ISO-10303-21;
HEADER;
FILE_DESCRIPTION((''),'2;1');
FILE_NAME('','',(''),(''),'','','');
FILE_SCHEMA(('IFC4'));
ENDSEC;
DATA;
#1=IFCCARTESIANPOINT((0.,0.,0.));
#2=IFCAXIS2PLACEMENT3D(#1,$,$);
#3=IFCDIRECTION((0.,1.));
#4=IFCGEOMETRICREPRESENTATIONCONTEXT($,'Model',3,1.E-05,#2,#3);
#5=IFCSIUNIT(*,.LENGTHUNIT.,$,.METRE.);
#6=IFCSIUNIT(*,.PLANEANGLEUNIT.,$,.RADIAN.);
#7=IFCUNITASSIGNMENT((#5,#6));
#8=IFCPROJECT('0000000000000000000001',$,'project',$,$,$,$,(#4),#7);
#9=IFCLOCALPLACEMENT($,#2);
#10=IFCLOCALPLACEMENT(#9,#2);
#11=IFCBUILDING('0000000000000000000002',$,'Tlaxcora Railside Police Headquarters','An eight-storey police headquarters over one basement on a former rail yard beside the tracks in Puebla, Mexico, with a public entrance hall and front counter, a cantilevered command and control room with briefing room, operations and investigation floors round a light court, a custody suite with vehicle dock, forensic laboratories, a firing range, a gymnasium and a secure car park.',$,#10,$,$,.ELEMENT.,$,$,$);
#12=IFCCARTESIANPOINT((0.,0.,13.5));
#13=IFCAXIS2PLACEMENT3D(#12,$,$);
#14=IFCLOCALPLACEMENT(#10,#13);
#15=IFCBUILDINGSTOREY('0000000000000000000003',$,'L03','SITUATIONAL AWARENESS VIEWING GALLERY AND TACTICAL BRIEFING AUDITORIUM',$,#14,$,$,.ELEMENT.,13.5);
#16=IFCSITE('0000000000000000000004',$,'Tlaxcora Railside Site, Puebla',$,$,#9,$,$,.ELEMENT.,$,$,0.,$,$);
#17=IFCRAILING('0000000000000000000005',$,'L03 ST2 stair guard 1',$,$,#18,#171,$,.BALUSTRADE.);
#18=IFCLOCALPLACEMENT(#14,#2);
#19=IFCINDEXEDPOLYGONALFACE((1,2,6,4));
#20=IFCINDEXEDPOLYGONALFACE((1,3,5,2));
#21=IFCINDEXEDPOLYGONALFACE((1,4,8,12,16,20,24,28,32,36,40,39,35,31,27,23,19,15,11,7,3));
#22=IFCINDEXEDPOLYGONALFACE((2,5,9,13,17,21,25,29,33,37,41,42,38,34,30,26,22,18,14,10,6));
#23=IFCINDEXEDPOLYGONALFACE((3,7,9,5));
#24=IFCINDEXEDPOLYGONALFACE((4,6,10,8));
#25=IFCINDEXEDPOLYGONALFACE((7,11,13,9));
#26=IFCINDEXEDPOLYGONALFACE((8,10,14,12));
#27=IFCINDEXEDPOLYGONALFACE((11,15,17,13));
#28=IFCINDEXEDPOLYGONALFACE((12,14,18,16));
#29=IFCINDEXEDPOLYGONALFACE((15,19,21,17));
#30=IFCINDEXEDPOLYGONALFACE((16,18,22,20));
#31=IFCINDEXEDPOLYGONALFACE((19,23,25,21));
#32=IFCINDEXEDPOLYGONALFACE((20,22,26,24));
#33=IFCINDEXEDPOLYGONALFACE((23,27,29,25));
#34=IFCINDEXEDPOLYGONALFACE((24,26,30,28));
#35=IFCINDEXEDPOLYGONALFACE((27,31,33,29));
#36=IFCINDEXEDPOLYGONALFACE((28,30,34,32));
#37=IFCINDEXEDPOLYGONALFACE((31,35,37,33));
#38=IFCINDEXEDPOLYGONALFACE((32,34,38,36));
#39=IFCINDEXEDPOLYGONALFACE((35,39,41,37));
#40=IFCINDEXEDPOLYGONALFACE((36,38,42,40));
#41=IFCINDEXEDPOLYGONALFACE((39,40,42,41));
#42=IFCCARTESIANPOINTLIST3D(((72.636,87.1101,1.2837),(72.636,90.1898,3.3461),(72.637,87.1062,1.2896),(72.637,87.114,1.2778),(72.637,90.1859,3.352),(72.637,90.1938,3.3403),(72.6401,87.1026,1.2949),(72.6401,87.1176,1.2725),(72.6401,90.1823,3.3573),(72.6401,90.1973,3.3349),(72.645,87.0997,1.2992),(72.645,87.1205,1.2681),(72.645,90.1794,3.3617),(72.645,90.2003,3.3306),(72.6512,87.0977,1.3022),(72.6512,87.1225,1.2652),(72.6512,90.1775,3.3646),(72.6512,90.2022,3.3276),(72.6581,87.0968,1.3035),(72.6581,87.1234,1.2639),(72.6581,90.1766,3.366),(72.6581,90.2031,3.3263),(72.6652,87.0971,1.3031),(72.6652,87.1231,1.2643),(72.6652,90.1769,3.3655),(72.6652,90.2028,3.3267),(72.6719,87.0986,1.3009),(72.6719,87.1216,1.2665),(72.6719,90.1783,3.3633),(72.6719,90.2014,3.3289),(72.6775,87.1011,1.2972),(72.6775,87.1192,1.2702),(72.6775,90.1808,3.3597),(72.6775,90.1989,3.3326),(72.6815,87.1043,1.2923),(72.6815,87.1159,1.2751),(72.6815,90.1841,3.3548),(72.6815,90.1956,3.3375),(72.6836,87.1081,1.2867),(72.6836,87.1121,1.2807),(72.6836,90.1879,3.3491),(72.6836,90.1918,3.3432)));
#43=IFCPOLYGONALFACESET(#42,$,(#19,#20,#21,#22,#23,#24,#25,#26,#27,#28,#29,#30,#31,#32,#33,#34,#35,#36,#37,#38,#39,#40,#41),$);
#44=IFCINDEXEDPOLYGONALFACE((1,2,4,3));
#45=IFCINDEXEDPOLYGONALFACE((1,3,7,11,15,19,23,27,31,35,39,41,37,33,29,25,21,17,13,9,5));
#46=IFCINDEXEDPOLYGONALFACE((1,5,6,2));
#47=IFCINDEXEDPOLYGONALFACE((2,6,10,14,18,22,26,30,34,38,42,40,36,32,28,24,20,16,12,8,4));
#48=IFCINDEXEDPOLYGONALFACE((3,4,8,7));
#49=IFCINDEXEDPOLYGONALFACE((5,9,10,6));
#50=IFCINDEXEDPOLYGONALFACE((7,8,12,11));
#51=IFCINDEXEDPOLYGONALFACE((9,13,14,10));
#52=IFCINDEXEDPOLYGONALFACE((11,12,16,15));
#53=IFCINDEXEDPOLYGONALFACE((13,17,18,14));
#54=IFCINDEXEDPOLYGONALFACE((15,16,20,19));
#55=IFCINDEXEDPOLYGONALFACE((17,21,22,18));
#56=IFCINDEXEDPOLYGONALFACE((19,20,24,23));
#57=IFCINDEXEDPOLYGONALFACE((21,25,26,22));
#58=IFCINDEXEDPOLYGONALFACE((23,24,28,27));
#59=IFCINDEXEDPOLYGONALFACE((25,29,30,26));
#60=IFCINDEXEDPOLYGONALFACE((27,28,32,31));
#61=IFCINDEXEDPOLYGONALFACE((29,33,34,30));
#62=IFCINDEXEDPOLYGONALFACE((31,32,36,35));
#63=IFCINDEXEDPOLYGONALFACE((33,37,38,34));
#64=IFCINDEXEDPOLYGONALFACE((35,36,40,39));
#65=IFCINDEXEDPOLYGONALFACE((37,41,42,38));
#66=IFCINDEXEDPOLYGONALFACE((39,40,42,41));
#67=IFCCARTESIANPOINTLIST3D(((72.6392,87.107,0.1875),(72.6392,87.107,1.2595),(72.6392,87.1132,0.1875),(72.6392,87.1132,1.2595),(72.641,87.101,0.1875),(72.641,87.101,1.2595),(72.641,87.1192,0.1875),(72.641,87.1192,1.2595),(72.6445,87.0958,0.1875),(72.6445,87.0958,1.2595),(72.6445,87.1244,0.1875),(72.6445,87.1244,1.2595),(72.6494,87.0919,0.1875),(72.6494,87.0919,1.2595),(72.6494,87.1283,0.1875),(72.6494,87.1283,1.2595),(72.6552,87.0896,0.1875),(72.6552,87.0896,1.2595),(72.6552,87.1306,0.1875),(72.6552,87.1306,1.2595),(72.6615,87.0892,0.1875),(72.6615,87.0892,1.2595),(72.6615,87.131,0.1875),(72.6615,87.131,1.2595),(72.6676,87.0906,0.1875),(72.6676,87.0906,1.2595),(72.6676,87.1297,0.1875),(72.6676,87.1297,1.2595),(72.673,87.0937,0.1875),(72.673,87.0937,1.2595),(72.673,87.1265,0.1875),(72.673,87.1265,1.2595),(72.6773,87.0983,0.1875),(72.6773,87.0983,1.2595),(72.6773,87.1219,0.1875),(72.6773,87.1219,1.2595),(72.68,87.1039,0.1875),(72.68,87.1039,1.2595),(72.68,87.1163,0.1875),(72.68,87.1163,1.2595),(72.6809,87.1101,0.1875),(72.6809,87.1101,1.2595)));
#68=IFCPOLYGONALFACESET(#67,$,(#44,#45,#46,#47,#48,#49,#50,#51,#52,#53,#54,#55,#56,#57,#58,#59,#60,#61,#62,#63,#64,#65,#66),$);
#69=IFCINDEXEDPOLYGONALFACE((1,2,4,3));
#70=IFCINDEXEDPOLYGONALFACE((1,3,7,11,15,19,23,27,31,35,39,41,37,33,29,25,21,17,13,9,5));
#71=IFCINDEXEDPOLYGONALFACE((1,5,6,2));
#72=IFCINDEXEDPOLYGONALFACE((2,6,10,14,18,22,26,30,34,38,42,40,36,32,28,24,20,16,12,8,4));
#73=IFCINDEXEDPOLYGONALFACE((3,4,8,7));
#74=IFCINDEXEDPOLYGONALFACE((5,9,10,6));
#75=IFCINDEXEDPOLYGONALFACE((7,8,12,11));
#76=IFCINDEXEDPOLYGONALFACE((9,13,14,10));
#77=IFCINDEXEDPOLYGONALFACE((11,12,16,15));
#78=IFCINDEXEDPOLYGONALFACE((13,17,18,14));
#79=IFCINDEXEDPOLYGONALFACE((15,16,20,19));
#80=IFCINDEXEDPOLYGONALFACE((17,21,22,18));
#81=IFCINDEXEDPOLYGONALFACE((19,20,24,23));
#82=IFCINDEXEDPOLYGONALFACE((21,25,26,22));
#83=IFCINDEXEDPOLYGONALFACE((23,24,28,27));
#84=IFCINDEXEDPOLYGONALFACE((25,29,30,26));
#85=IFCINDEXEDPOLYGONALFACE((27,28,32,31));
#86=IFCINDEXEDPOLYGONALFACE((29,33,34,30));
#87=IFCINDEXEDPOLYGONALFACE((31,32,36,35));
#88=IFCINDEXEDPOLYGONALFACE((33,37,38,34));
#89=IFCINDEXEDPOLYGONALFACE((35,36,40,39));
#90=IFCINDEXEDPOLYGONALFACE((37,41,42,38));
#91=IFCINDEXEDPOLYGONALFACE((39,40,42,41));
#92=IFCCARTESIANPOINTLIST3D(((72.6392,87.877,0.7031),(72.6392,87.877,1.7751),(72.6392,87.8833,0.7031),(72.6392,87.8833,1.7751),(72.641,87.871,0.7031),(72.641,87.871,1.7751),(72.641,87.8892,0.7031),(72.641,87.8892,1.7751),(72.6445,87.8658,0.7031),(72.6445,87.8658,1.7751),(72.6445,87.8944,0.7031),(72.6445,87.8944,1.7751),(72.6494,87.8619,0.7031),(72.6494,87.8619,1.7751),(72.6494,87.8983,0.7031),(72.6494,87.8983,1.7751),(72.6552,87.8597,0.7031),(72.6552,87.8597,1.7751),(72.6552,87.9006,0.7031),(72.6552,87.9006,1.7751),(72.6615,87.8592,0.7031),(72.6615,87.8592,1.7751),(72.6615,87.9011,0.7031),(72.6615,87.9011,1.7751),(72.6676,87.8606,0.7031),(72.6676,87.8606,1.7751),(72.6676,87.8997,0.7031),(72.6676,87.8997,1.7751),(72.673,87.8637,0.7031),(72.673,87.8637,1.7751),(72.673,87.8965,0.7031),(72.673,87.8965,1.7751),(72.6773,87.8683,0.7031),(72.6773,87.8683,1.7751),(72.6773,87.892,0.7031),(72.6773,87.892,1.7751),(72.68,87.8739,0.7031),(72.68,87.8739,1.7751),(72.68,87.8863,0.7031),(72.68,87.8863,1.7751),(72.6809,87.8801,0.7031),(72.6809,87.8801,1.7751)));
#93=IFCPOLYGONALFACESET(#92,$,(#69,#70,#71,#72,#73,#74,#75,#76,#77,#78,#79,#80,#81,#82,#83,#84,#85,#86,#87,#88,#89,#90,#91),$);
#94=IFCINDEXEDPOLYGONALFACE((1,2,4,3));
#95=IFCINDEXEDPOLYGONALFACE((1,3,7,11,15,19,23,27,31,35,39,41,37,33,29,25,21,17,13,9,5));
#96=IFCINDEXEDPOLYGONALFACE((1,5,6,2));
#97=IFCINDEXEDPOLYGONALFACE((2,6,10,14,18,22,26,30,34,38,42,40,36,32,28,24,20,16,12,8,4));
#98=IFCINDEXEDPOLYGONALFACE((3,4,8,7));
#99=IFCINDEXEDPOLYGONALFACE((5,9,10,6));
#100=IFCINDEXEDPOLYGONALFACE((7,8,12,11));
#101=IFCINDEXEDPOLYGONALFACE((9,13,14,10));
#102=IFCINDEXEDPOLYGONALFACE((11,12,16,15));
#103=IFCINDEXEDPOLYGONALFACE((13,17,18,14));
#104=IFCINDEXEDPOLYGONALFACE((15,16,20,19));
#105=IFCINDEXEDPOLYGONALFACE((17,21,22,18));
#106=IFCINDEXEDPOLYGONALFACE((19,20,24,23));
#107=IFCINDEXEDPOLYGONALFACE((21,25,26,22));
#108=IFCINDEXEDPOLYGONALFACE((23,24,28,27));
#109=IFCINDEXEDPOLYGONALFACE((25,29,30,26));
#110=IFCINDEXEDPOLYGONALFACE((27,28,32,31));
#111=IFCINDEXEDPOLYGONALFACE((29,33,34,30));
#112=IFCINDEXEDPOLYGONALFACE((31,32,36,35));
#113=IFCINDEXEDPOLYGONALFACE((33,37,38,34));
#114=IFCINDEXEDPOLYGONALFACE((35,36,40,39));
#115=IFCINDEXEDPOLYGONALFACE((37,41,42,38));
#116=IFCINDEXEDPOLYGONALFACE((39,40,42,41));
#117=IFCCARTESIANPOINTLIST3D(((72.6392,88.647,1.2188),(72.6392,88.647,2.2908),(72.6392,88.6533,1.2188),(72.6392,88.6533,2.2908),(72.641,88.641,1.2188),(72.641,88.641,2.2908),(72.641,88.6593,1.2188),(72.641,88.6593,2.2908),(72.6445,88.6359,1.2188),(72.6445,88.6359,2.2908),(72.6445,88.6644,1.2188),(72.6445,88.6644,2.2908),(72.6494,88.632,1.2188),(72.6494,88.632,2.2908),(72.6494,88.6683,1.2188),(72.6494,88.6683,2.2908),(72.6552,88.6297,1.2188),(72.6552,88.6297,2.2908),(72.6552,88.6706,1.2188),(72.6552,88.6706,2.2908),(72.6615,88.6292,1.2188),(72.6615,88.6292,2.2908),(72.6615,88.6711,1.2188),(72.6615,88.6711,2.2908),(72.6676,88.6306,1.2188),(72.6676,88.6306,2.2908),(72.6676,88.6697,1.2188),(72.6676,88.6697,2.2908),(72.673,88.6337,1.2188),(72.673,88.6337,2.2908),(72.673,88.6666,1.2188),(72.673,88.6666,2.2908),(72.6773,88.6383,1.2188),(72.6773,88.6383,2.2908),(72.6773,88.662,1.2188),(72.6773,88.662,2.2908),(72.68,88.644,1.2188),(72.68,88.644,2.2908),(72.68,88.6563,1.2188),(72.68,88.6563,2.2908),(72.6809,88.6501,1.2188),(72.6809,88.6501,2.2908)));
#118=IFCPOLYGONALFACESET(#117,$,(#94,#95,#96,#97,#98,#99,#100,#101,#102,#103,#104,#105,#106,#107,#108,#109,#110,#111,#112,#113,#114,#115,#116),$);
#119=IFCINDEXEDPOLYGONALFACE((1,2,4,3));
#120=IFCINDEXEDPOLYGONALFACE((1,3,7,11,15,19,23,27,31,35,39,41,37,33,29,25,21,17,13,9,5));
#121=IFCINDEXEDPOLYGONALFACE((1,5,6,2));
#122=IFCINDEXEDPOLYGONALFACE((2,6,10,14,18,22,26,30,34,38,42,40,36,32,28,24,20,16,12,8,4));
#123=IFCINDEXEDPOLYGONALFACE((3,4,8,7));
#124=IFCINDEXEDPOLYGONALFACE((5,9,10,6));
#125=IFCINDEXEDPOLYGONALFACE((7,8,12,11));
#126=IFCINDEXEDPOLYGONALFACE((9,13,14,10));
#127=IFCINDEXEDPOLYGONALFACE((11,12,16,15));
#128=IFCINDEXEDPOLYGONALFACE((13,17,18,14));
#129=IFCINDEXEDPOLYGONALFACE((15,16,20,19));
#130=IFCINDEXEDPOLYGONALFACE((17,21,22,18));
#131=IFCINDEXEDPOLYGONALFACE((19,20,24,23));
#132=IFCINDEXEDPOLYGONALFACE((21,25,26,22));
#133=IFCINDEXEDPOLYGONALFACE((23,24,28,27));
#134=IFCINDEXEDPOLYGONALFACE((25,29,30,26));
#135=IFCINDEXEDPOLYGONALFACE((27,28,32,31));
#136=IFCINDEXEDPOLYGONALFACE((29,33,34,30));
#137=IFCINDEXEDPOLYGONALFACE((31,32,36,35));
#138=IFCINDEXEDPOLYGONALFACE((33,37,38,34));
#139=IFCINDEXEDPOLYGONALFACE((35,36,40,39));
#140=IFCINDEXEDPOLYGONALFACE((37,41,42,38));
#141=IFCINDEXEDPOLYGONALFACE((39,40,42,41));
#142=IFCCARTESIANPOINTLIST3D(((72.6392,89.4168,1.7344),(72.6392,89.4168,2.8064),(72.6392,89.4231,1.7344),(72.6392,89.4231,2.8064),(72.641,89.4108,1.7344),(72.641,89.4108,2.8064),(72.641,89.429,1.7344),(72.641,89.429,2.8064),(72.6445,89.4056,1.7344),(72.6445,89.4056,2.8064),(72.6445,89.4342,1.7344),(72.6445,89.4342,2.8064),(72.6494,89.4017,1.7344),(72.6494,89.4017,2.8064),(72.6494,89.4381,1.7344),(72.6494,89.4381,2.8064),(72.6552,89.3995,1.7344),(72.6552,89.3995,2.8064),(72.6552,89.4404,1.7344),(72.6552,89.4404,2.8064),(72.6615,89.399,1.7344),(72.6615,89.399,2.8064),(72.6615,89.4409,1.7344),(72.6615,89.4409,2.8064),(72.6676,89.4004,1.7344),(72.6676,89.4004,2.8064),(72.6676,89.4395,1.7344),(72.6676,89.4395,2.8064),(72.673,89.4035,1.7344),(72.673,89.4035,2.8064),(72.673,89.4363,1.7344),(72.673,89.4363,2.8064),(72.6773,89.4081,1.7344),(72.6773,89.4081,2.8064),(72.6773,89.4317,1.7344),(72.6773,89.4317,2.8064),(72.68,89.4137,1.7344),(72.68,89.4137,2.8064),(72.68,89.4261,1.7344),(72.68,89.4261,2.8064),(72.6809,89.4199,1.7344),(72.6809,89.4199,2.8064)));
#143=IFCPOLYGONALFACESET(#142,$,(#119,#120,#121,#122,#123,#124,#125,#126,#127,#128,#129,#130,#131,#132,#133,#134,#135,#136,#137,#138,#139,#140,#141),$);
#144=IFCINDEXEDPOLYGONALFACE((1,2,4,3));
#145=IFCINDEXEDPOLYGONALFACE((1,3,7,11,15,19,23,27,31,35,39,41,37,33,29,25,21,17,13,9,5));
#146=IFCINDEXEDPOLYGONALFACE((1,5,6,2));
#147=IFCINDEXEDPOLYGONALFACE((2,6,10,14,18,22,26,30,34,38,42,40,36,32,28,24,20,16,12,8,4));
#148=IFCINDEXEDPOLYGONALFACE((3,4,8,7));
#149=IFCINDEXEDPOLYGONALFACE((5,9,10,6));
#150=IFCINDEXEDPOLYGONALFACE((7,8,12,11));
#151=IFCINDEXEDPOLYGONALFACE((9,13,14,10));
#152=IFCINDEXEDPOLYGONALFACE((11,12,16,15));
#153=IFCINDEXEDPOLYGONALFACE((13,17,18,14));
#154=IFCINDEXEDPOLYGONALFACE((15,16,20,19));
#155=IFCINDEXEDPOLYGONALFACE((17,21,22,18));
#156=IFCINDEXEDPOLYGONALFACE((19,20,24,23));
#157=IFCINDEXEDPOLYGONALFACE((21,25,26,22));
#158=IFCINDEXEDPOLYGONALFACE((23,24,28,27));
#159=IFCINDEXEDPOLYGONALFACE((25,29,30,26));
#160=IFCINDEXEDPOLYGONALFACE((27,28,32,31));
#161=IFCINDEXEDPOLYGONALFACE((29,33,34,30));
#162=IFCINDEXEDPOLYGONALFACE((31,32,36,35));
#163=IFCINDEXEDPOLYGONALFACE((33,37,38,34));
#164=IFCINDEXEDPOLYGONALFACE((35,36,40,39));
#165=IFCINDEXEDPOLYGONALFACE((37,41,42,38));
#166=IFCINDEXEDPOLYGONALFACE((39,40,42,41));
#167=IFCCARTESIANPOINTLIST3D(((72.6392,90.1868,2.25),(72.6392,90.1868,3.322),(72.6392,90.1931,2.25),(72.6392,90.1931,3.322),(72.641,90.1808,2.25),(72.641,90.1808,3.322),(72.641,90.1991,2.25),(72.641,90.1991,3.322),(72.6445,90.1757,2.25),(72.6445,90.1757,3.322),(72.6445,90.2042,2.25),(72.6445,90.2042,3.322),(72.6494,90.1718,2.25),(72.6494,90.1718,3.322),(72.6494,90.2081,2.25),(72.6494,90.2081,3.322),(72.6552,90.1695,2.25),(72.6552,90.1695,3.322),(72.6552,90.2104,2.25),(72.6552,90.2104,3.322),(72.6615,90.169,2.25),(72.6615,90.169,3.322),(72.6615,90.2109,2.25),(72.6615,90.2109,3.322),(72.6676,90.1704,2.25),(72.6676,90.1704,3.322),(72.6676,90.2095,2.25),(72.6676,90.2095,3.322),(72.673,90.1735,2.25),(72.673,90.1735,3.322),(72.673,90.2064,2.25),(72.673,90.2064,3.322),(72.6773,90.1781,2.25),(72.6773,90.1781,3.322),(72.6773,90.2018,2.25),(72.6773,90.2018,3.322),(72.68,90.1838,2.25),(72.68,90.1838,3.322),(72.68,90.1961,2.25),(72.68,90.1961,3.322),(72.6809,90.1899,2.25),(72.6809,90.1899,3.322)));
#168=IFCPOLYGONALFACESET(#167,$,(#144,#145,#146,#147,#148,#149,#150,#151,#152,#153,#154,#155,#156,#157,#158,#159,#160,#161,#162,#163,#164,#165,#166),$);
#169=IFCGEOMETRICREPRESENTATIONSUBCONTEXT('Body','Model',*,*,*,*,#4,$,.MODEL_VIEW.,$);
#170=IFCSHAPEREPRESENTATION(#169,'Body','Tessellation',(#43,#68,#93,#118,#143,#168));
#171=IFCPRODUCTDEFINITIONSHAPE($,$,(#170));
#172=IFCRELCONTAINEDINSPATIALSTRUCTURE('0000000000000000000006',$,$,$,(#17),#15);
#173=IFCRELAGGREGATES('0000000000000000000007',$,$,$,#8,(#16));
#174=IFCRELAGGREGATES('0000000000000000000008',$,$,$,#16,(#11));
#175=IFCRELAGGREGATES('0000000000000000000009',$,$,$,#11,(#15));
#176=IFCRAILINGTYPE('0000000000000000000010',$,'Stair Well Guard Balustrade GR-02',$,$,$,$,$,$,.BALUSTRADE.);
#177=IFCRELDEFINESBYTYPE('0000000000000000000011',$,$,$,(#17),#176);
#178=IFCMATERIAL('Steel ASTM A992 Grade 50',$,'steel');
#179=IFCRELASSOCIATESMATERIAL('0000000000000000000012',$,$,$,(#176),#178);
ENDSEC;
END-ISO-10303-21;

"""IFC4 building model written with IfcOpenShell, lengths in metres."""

from ifc_helpers import new_model, si_unit, direction, frame, origin, origin_2d, place, context, subcontext, project, spatial, circle, extrude, material, type_object, element, save


model = new_model("IFC4")

# Units and contexts
model_context = context("Model", 3, precision=1e-05, world=origin(), true_north=direction((0.0, 1.0)))
body_context = subcontext(model_context, "Body", "Model", "MODEL_VIEW")
ifc_project = project(units=[si_unit("LENGTHUNIT", "METRE"), si_unit("PLANEANGLEUNIT", "RADIAN")], contexts=[model_context])

# Site, building, storey
site_placement = place(None, origin())
site = spatial("IfcSite", under=ifc_project, at=site_placement, Name="Tlaxcora Railside Site, Puebla", CompositionType="ELEMENT", RefElevation=0.0)
building_placement = place(site_placement, origin())
building = spatial("IfcBuilding", under=site, at=building_placement, Name="Tlaxcora Railside Police Headquarters", Description="An eight-storey police headquarters over one basement on a former rail yard beside the tracks in Puebla, Mexico, with a public entrance hall and front counter, a cantilevered command and control room with briefing room, operations and investigation floors round a light court, a custody suite with vehicle dock, forensic laboratories, a firing range, a gymnasium and a secure car park.", CompositionType="ELEMENT")
storey_placement = place(building_placement, frame((0.0, 0.0, 13.5)))
storey = spatial("IfcBuildingStorey", under=building, at=storey_placement, Name="L03", Description="SITUATIONAL AWARENESS VIEWING GALLERY AND TACTICAL BRIEFING AUDITORIUM", CompositionType="ELEMENT", Elevation=13.5)

# Shared definitions
ifc_material_1 = material(Name="Steel ASTM A992 Grade 50", Category="steel")

# Railing
railing_type_1 = type_object("IfcRailingType", Name="Stair Well Guard Balustrade GR-02", PredefinedType="BALUSTRADE", material=ifc_material_1)
railing_1_placement = place(storey_placement, frame((72.6599, 87.1101, 0.1875)))
element("IfcRailing", 1, at=railing_1_placement, inside=storey, type_object=railing_type_1, Name="L03 ST2 stair guard 1", PredefinedType="BALUSTRADE", context=body_context, shape_type="SweptSolid", body=[
    extrude(circle(Radius=0.0239, at=origin_2d()), frame((0.0, 0.0, 1.0962), z_axis=(0.0, 0.830893, 0.556432), x_axis=(-1.0, 0.0, 0.0)), (0.0, 0.0, 1.0), 3.7065),
    extrude(circle(Radius=0.021, at=origin_2d()), origin(), (0.0, 0.0, 1.0), 1.072),
    extrude(circle(Radius=0.021, at=origin_2d()), frame((0.0, 0.77, 0.5156)), (0.0, 0.0, 1.0), 1.072),
    extrude(circle(Radius=0.021, at=origin_2d()), frame((0.0, 1.54, 1.0312)), (0.0, 0.0, 1.0), 1.072),
    extrude(circle(Radius=0.021, at=origin_2d()), frame((0.0, 2.3098, 1.5469)), (0.0, 0.0, 1.0), 1.072),
    extrude(circle(Radius=0.021, at=origin_2d()), frame((0.0, 3.0798, 2.0625)), (0.0, 0.0, 1.0), 1.072),
])

save(model, "model.ifc")
